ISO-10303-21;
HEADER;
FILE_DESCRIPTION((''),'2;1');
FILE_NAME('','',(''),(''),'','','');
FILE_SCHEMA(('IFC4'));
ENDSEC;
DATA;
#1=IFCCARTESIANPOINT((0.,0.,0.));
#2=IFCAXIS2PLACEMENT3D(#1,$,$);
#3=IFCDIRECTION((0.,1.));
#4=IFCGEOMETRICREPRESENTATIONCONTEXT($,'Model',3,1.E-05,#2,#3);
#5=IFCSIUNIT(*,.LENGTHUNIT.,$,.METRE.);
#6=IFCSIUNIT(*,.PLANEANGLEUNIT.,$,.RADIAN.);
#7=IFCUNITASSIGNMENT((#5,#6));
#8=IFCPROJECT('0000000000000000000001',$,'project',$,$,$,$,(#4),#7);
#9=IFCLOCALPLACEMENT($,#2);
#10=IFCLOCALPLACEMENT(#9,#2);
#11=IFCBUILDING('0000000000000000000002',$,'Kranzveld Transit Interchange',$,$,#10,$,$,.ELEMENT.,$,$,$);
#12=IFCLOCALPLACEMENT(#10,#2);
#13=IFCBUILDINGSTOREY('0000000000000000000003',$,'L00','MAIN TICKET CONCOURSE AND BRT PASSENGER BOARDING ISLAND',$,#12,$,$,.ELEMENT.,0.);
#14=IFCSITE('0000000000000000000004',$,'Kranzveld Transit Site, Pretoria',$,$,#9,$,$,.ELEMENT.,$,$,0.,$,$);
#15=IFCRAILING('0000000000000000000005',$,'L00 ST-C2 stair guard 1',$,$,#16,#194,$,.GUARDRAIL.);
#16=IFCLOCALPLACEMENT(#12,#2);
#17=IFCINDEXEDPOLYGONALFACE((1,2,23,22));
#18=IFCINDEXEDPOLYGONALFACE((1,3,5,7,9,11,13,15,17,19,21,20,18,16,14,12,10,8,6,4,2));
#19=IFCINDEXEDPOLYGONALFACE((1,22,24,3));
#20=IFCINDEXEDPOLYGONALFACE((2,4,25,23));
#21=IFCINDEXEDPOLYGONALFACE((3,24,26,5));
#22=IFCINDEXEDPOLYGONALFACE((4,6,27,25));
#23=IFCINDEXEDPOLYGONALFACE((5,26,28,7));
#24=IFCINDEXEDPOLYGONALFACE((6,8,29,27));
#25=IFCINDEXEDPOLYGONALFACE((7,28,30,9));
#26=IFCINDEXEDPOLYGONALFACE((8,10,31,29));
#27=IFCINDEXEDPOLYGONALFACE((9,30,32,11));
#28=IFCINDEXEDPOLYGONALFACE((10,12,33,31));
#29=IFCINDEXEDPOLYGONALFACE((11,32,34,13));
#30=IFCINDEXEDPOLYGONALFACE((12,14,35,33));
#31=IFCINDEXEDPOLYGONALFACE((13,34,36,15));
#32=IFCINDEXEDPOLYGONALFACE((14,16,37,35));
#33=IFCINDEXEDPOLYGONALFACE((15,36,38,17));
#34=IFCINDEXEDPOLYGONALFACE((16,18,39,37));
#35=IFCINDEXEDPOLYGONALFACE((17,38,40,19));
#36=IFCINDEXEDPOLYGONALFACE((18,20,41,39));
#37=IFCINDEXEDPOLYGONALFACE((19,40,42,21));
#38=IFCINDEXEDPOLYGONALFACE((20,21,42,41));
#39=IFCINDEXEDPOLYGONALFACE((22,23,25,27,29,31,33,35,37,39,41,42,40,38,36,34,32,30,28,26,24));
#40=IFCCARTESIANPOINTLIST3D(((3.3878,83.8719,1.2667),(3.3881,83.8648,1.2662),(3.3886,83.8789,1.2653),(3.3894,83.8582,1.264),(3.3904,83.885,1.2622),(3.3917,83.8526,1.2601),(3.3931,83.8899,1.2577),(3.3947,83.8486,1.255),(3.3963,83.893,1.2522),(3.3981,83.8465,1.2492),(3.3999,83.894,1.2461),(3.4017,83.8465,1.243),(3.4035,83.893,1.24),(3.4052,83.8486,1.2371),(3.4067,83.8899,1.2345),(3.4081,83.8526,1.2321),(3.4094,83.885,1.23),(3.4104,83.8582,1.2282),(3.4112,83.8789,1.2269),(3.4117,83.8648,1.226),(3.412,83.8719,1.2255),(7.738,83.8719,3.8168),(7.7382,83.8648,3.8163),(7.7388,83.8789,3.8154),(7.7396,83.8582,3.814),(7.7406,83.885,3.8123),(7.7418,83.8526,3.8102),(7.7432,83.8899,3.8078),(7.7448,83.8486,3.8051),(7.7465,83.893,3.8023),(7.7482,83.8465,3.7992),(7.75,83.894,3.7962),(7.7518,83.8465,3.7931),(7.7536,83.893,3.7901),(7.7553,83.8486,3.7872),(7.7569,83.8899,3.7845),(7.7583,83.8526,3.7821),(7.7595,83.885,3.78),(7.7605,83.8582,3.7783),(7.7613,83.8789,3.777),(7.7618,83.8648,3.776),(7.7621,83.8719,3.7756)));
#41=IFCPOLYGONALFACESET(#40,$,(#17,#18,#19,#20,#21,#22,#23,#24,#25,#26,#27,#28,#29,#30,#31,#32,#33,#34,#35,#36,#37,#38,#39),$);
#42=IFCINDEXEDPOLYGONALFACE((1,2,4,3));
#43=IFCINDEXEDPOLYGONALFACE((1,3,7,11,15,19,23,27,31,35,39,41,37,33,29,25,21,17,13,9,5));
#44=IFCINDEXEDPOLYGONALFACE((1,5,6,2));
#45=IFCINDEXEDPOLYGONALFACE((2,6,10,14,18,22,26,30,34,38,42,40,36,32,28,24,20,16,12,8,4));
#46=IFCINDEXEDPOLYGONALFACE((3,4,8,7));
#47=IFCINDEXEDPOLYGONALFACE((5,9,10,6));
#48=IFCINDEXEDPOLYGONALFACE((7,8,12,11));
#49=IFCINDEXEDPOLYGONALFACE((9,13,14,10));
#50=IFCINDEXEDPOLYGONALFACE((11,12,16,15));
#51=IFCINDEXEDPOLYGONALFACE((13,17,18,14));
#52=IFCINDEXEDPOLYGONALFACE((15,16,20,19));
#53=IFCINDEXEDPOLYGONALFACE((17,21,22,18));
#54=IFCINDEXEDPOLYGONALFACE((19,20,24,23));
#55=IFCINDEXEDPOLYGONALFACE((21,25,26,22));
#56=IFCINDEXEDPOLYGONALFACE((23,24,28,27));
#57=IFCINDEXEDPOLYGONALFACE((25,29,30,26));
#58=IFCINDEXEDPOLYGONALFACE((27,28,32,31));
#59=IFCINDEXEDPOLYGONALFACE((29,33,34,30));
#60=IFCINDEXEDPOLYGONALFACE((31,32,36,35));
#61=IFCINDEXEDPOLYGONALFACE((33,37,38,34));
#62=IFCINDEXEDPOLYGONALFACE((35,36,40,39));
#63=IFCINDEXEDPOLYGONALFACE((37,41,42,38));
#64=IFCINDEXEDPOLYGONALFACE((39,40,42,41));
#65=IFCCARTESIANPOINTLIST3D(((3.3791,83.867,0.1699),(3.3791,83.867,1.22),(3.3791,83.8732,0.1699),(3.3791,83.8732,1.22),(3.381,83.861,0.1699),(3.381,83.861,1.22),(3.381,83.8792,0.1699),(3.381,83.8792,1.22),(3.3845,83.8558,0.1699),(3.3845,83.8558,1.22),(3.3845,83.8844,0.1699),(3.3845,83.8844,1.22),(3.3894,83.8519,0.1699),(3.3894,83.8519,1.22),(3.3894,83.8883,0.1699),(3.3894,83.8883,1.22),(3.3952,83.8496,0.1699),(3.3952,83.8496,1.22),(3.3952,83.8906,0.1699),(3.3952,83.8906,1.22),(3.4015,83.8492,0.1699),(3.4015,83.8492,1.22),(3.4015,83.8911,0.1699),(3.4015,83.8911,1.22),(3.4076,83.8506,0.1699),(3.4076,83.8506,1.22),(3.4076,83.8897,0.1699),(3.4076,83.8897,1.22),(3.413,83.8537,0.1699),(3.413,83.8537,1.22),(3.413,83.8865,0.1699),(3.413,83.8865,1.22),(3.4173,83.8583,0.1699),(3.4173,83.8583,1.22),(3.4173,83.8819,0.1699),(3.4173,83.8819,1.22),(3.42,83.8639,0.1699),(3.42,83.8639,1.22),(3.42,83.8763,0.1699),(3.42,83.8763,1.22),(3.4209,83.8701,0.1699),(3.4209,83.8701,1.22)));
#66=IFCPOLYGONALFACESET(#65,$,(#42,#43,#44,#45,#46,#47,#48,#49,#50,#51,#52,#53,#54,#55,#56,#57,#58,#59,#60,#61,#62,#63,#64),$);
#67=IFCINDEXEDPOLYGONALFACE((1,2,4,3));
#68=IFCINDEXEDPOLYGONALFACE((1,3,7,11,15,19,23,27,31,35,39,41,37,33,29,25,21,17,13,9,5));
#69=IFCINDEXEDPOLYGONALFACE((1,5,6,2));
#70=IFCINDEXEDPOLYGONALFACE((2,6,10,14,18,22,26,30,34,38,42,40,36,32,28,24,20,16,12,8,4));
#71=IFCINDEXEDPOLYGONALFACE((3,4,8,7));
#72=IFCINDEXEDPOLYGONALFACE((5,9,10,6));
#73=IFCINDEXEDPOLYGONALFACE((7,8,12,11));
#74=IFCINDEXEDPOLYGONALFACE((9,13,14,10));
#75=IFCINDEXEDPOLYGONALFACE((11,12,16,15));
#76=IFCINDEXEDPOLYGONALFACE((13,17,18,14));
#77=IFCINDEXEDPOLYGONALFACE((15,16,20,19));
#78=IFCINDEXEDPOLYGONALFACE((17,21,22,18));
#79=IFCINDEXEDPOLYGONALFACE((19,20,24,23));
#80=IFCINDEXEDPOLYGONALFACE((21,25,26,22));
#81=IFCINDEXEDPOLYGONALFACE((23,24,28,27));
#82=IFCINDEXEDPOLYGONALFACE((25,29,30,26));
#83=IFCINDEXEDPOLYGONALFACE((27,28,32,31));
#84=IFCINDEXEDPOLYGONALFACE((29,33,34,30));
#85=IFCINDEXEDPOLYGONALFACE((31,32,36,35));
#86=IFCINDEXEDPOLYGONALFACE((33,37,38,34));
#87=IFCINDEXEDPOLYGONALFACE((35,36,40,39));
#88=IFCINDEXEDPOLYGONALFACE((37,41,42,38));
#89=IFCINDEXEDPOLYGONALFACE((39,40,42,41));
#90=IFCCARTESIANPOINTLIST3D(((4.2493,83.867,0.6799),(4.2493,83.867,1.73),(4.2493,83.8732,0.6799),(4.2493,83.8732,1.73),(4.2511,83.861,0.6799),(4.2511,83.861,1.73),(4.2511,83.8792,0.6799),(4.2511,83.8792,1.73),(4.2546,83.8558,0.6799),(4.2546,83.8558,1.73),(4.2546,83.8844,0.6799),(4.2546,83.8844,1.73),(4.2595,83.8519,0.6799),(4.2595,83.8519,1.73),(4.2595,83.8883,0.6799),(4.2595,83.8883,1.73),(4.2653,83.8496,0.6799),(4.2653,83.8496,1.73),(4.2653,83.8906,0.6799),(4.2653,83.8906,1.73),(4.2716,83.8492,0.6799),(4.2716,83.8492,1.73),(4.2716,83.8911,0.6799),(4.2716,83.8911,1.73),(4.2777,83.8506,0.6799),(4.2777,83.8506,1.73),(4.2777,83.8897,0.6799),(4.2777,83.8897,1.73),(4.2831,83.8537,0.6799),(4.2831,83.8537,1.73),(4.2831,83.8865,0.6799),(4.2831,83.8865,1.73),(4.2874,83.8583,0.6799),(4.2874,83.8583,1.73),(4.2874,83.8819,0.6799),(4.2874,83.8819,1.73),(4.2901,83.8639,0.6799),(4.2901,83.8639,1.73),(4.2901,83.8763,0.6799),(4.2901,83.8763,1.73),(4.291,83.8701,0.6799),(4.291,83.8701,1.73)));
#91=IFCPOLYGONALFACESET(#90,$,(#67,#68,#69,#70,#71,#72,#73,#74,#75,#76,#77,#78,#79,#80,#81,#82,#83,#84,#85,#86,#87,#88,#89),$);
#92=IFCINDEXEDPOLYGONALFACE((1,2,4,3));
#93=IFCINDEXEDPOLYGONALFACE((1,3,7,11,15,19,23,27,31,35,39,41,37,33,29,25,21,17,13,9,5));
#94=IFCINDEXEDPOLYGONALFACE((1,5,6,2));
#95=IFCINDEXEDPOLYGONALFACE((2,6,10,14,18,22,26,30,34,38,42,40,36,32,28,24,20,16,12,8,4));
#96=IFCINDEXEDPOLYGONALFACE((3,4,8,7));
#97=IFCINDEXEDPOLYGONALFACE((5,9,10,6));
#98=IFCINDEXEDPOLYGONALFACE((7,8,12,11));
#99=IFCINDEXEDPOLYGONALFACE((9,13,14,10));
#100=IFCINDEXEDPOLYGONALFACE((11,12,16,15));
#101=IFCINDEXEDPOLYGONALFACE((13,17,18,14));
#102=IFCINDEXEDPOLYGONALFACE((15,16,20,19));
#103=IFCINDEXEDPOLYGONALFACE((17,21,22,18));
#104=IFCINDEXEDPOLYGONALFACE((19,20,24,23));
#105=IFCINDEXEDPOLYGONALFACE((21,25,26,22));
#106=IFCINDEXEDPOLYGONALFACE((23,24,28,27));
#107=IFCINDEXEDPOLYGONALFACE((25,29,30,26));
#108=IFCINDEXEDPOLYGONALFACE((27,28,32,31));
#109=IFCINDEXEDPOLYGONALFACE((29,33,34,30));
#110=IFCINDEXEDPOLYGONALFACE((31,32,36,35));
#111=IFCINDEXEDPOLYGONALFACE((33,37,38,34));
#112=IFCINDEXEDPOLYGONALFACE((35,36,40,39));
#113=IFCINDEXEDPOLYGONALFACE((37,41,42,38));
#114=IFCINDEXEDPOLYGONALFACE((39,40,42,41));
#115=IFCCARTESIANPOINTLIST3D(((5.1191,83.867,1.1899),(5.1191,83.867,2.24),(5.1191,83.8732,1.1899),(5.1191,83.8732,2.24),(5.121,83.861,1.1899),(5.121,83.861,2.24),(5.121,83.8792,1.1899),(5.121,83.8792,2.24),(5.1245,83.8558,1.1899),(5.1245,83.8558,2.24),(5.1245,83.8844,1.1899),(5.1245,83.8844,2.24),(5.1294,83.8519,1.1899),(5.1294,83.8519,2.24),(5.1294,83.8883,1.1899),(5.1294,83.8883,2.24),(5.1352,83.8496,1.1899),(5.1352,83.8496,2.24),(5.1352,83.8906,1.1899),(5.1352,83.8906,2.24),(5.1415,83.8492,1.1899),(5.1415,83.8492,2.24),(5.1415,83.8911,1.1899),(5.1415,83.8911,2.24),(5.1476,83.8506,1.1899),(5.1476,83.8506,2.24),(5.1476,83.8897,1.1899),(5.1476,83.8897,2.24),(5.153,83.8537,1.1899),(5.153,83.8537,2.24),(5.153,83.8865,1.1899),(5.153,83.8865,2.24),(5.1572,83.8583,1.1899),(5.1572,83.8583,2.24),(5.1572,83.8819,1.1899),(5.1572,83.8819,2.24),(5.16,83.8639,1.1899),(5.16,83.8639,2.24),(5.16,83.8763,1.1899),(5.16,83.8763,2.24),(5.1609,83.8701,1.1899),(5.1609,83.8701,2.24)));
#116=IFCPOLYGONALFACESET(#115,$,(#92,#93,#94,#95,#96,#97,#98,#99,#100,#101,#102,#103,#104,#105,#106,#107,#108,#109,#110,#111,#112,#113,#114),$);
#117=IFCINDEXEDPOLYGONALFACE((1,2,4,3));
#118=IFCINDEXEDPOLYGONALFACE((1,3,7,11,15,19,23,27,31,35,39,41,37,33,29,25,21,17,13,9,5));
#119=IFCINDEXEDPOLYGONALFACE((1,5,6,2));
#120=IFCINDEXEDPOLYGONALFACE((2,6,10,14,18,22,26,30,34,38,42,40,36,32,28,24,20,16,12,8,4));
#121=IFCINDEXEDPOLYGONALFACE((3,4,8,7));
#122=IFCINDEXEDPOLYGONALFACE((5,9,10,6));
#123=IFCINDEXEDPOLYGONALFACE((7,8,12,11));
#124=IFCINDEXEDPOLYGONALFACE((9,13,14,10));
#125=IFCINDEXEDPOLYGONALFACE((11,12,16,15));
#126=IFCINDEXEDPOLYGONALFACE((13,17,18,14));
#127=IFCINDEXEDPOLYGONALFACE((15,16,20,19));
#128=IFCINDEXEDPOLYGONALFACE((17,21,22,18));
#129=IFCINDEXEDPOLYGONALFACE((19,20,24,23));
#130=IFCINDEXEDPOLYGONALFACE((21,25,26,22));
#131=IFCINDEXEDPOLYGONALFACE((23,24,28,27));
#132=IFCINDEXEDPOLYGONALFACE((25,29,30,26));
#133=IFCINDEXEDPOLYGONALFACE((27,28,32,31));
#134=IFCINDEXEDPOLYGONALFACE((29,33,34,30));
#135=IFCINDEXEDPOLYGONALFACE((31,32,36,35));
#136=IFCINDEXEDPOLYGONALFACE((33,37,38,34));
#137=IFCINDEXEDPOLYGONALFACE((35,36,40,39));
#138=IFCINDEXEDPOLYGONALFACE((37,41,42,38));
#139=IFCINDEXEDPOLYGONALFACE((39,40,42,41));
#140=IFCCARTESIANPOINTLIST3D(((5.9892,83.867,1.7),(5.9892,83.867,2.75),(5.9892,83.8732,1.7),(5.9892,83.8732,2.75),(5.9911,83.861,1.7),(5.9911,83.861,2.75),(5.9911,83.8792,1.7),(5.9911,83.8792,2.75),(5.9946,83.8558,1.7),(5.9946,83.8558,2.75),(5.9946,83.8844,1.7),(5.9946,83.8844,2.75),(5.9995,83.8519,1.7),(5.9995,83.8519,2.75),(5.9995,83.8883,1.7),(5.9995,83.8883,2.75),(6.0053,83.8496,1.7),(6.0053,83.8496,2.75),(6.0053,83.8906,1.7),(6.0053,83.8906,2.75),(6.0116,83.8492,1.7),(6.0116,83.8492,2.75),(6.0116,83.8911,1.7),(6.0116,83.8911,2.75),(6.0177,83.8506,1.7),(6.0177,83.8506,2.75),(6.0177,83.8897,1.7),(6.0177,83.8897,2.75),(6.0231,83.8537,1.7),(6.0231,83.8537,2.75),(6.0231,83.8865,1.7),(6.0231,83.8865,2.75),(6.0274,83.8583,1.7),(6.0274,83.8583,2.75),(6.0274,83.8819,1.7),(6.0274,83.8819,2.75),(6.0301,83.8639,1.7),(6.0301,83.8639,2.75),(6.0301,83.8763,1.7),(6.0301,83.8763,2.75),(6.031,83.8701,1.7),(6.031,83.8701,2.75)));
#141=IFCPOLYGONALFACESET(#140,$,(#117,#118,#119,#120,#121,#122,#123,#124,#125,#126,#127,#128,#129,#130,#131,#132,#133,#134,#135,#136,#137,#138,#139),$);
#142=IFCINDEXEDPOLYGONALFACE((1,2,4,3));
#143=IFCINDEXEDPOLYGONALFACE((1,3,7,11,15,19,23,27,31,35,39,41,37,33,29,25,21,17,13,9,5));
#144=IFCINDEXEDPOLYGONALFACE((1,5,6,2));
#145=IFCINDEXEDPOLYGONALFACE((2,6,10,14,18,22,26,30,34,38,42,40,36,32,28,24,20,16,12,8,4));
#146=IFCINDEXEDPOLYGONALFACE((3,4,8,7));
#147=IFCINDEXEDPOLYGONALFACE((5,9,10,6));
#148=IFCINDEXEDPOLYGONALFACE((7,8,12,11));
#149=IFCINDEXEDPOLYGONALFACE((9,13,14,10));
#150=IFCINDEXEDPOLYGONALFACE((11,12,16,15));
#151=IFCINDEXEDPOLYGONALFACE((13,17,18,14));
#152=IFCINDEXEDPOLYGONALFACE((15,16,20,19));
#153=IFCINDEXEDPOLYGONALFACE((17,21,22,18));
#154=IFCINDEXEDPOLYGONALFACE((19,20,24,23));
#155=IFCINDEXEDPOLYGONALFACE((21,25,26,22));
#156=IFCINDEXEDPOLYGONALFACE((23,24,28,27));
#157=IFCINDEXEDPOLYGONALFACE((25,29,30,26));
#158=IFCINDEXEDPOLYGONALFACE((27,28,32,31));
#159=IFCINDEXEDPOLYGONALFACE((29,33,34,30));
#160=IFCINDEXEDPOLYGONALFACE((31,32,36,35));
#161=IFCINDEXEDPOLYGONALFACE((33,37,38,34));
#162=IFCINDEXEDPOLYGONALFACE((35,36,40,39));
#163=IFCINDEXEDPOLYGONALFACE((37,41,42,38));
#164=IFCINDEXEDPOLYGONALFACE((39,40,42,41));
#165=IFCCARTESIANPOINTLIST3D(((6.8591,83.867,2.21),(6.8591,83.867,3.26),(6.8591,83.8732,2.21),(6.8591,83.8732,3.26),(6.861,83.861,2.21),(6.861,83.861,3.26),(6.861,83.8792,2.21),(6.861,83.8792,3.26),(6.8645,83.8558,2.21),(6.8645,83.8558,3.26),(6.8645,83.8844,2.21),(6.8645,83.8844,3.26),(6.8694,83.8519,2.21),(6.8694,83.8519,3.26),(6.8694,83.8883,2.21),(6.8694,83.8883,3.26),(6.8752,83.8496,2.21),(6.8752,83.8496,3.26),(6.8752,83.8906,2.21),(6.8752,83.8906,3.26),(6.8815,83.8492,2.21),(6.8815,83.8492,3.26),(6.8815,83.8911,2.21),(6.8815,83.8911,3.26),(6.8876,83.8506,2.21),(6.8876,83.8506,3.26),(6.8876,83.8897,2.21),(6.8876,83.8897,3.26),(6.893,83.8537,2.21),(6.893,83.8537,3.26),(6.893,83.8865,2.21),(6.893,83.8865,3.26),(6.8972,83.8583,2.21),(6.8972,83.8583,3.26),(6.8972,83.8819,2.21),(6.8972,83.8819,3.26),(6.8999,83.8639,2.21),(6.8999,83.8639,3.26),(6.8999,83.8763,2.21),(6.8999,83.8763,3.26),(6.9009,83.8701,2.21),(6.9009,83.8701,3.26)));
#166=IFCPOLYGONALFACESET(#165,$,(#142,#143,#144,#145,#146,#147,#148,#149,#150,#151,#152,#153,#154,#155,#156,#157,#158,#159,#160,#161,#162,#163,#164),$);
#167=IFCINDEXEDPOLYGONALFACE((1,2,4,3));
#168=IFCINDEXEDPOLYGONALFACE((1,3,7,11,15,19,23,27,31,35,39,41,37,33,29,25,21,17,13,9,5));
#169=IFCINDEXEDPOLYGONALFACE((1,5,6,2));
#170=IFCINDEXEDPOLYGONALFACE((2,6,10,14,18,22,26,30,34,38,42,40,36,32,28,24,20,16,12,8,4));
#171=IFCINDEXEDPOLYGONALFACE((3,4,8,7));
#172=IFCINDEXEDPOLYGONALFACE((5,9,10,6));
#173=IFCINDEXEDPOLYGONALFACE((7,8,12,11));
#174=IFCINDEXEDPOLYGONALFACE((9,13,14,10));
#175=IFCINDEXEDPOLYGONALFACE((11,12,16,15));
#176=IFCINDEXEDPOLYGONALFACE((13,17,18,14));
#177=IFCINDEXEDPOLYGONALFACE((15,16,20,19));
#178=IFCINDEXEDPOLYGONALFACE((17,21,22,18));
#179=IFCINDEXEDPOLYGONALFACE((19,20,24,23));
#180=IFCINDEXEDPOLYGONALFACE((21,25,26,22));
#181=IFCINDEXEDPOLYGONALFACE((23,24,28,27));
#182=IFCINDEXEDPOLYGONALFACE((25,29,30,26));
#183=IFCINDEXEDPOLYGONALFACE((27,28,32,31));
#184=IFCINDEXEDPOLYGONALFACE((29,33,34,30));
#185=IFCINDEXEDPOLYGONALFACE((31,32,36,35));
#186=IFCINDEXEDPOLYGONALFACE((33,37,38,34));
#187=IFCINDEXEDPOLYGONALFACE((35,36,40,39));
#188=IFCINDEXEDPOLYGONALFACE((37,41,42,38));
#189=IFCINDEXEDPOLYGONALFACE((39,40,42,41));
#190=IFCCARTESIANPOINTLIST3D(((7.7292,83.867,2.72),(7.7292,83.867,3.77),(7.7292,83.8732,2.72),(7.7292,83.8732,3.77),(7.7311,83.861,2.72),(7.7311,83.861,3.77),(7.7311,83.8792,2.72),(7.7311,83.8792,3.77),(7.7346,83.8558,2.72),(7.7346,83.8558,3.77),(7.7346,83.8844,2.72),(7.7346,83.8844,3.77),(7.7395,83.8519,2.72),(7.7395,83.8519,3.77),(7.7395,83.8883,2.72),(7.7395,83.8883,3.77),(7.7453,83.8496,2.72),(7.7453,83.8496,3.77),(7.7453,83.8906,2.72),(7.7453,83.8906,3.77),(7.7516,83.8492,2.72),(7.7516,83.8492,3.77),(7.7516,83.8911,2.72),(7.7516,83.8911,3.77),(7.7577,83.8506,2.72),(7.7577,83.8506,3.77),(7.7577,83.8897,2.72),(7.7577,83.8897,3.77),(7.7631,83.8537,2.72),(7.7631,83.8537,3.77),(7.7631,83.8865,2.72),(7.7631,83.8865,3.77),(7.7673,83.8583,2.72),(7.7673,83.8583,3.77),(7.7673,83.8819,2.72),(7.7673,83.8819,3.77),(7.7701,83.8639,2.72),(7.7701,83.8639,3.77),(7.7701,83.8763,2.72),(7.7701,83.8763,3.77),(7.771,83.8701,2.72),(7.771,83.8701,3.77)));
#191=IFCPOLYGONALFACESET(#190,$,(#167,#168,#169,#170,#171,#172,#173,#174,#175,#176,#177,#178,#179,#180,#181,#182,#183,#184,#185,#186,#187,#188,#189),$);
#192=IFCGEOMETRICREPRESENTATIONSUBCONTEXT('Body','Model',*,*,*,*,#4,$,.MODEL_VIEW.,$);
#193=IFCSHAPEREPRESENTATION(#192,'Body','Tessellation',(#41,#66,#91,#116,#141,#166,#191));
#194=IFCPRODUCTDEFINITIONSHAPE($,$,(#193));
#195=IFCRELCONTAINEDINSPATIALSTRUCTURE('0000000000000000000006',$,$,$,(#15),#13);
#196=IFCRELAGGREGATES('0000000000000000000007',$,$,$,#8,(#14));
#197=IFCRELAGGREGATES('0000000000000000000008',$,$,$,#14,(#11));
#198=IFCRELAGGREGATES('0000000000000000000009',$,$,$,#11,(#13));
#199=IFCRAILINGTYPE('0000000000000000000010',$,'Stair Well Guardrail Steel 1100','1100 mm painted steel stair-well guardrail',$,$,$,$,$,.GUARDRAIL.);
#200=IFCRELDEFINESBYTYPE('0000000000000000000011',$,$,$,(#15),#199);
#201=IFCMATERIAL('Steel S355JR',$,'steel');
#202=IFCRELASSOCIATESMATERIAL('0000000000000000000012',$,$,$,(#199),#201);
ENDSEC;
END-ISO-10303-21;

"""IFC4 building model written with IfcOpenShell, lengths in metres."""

from ifc_helpers import new_model, si_unit, direction, frame, origin, origin_2d, place, context, subcontext, project, spatial, circle, extrude, material, type_object, element, save


model = new_model("IFC4")

# Units and contexts
model_context = context("Model", 3, precision=1e-05, world=origin(), true_north=direction((0.0, 1.0)))
body_context = subcontext(model_context, "Body", "Model", "MODEL_VIEW")
ifc_project = project(units=[si_unit("LENGTHUNIT", "METRE"), si_unit("PLANEANGLEUNIT", "RADIAN")], contexts=[model_context])

# Site, building, storey
site_placement = place(None, origin())
site = spatial("IfcSite", under=ifc_project, at=site_placement, Name="Kranzveld Transit Site, Pretoria", CompositionType="ELEMENT", RefElevation=0.0)
building_placement = place(site_placement, origin())
building = spatial("IfcBuilding", under=site, at=building_placement, Name="Kranzveld Transit Interchange", CompositionType="ELEMENT")
storey_placement = place(building_placement, origin())
storey = spatial("IfcBuildingStorey", under=building, at=storey_placement, Name="L00", Description="MAIN TICKET CONCOURSE AND BRT PASSENGER BOARDING ISLAND", CompositionType="ELEMENT", Elevation=0.0)

# Railing
ifc_material_1 = material(Name="Steel S355JR", Category="steel")
railing_type_1 = type_object("IfcRailingType", Name="Stair Well Guardrail Steel 1100", Description="1100 mm painted steel stair-well guardrail", PredefinedType="GUARDRAIL", material=ifc_material_1)
railing_1_placement = place(storey_placement, frame((3.3999, 83.8701, 0.1699)))
element("IfcRailing", 1, at=railing_1_placement, inside=storey, type_object=railing_type_1, Name="L00 ST-C2 stair guard 1", PredefinedType="GUARDRAIL", context=body_context, shape_type="SweptSolid", body=[
    extrude(circle(Radius=0.0239, at=origin_2d()), frame((0.0, 0.0, 1.0762), z_axis=(0.862699, 0.0, 0.505718), x_axis=(0.0, 1.0, 0.0)), (0.0, 0.0, 1.0), 5.0425),
    extrude(circle(Radius=0.021, at=origin_2d()), origin(), (0.0, 0.0, 1.0), 1.05),
    extrude(circle(Radius=0.021, at=origin_2d()), frame((0.8701, 0.0, 0.51)), (0.0, 0.0, 1.0), 1.05),
    extrude(circle(Radius=0.021, at=origin_2d()), frame((1.74, 0.0, 1.02)), (0.0, 0.0, 1.0), 1.05),
    extrude(circle(Radius=0.021, at=origin_2d()), frame((2.6101, 0.0, 1.53)), (0.0, 0.0, 1.0), 1.05),
    extrude(circle(Radius=0.021, at=origin_2d()), frame((3.48, 0.0, 2.04)), (0.0, 0.0, 1.0), 1.05),
    extrude(circle(Radius=0.021, at=origin_2d()), frame((4.3501, 0.0, 2.55)), (0.0, 0.0, 1.0), 1.05),
])

save(model, "model.ifc")
